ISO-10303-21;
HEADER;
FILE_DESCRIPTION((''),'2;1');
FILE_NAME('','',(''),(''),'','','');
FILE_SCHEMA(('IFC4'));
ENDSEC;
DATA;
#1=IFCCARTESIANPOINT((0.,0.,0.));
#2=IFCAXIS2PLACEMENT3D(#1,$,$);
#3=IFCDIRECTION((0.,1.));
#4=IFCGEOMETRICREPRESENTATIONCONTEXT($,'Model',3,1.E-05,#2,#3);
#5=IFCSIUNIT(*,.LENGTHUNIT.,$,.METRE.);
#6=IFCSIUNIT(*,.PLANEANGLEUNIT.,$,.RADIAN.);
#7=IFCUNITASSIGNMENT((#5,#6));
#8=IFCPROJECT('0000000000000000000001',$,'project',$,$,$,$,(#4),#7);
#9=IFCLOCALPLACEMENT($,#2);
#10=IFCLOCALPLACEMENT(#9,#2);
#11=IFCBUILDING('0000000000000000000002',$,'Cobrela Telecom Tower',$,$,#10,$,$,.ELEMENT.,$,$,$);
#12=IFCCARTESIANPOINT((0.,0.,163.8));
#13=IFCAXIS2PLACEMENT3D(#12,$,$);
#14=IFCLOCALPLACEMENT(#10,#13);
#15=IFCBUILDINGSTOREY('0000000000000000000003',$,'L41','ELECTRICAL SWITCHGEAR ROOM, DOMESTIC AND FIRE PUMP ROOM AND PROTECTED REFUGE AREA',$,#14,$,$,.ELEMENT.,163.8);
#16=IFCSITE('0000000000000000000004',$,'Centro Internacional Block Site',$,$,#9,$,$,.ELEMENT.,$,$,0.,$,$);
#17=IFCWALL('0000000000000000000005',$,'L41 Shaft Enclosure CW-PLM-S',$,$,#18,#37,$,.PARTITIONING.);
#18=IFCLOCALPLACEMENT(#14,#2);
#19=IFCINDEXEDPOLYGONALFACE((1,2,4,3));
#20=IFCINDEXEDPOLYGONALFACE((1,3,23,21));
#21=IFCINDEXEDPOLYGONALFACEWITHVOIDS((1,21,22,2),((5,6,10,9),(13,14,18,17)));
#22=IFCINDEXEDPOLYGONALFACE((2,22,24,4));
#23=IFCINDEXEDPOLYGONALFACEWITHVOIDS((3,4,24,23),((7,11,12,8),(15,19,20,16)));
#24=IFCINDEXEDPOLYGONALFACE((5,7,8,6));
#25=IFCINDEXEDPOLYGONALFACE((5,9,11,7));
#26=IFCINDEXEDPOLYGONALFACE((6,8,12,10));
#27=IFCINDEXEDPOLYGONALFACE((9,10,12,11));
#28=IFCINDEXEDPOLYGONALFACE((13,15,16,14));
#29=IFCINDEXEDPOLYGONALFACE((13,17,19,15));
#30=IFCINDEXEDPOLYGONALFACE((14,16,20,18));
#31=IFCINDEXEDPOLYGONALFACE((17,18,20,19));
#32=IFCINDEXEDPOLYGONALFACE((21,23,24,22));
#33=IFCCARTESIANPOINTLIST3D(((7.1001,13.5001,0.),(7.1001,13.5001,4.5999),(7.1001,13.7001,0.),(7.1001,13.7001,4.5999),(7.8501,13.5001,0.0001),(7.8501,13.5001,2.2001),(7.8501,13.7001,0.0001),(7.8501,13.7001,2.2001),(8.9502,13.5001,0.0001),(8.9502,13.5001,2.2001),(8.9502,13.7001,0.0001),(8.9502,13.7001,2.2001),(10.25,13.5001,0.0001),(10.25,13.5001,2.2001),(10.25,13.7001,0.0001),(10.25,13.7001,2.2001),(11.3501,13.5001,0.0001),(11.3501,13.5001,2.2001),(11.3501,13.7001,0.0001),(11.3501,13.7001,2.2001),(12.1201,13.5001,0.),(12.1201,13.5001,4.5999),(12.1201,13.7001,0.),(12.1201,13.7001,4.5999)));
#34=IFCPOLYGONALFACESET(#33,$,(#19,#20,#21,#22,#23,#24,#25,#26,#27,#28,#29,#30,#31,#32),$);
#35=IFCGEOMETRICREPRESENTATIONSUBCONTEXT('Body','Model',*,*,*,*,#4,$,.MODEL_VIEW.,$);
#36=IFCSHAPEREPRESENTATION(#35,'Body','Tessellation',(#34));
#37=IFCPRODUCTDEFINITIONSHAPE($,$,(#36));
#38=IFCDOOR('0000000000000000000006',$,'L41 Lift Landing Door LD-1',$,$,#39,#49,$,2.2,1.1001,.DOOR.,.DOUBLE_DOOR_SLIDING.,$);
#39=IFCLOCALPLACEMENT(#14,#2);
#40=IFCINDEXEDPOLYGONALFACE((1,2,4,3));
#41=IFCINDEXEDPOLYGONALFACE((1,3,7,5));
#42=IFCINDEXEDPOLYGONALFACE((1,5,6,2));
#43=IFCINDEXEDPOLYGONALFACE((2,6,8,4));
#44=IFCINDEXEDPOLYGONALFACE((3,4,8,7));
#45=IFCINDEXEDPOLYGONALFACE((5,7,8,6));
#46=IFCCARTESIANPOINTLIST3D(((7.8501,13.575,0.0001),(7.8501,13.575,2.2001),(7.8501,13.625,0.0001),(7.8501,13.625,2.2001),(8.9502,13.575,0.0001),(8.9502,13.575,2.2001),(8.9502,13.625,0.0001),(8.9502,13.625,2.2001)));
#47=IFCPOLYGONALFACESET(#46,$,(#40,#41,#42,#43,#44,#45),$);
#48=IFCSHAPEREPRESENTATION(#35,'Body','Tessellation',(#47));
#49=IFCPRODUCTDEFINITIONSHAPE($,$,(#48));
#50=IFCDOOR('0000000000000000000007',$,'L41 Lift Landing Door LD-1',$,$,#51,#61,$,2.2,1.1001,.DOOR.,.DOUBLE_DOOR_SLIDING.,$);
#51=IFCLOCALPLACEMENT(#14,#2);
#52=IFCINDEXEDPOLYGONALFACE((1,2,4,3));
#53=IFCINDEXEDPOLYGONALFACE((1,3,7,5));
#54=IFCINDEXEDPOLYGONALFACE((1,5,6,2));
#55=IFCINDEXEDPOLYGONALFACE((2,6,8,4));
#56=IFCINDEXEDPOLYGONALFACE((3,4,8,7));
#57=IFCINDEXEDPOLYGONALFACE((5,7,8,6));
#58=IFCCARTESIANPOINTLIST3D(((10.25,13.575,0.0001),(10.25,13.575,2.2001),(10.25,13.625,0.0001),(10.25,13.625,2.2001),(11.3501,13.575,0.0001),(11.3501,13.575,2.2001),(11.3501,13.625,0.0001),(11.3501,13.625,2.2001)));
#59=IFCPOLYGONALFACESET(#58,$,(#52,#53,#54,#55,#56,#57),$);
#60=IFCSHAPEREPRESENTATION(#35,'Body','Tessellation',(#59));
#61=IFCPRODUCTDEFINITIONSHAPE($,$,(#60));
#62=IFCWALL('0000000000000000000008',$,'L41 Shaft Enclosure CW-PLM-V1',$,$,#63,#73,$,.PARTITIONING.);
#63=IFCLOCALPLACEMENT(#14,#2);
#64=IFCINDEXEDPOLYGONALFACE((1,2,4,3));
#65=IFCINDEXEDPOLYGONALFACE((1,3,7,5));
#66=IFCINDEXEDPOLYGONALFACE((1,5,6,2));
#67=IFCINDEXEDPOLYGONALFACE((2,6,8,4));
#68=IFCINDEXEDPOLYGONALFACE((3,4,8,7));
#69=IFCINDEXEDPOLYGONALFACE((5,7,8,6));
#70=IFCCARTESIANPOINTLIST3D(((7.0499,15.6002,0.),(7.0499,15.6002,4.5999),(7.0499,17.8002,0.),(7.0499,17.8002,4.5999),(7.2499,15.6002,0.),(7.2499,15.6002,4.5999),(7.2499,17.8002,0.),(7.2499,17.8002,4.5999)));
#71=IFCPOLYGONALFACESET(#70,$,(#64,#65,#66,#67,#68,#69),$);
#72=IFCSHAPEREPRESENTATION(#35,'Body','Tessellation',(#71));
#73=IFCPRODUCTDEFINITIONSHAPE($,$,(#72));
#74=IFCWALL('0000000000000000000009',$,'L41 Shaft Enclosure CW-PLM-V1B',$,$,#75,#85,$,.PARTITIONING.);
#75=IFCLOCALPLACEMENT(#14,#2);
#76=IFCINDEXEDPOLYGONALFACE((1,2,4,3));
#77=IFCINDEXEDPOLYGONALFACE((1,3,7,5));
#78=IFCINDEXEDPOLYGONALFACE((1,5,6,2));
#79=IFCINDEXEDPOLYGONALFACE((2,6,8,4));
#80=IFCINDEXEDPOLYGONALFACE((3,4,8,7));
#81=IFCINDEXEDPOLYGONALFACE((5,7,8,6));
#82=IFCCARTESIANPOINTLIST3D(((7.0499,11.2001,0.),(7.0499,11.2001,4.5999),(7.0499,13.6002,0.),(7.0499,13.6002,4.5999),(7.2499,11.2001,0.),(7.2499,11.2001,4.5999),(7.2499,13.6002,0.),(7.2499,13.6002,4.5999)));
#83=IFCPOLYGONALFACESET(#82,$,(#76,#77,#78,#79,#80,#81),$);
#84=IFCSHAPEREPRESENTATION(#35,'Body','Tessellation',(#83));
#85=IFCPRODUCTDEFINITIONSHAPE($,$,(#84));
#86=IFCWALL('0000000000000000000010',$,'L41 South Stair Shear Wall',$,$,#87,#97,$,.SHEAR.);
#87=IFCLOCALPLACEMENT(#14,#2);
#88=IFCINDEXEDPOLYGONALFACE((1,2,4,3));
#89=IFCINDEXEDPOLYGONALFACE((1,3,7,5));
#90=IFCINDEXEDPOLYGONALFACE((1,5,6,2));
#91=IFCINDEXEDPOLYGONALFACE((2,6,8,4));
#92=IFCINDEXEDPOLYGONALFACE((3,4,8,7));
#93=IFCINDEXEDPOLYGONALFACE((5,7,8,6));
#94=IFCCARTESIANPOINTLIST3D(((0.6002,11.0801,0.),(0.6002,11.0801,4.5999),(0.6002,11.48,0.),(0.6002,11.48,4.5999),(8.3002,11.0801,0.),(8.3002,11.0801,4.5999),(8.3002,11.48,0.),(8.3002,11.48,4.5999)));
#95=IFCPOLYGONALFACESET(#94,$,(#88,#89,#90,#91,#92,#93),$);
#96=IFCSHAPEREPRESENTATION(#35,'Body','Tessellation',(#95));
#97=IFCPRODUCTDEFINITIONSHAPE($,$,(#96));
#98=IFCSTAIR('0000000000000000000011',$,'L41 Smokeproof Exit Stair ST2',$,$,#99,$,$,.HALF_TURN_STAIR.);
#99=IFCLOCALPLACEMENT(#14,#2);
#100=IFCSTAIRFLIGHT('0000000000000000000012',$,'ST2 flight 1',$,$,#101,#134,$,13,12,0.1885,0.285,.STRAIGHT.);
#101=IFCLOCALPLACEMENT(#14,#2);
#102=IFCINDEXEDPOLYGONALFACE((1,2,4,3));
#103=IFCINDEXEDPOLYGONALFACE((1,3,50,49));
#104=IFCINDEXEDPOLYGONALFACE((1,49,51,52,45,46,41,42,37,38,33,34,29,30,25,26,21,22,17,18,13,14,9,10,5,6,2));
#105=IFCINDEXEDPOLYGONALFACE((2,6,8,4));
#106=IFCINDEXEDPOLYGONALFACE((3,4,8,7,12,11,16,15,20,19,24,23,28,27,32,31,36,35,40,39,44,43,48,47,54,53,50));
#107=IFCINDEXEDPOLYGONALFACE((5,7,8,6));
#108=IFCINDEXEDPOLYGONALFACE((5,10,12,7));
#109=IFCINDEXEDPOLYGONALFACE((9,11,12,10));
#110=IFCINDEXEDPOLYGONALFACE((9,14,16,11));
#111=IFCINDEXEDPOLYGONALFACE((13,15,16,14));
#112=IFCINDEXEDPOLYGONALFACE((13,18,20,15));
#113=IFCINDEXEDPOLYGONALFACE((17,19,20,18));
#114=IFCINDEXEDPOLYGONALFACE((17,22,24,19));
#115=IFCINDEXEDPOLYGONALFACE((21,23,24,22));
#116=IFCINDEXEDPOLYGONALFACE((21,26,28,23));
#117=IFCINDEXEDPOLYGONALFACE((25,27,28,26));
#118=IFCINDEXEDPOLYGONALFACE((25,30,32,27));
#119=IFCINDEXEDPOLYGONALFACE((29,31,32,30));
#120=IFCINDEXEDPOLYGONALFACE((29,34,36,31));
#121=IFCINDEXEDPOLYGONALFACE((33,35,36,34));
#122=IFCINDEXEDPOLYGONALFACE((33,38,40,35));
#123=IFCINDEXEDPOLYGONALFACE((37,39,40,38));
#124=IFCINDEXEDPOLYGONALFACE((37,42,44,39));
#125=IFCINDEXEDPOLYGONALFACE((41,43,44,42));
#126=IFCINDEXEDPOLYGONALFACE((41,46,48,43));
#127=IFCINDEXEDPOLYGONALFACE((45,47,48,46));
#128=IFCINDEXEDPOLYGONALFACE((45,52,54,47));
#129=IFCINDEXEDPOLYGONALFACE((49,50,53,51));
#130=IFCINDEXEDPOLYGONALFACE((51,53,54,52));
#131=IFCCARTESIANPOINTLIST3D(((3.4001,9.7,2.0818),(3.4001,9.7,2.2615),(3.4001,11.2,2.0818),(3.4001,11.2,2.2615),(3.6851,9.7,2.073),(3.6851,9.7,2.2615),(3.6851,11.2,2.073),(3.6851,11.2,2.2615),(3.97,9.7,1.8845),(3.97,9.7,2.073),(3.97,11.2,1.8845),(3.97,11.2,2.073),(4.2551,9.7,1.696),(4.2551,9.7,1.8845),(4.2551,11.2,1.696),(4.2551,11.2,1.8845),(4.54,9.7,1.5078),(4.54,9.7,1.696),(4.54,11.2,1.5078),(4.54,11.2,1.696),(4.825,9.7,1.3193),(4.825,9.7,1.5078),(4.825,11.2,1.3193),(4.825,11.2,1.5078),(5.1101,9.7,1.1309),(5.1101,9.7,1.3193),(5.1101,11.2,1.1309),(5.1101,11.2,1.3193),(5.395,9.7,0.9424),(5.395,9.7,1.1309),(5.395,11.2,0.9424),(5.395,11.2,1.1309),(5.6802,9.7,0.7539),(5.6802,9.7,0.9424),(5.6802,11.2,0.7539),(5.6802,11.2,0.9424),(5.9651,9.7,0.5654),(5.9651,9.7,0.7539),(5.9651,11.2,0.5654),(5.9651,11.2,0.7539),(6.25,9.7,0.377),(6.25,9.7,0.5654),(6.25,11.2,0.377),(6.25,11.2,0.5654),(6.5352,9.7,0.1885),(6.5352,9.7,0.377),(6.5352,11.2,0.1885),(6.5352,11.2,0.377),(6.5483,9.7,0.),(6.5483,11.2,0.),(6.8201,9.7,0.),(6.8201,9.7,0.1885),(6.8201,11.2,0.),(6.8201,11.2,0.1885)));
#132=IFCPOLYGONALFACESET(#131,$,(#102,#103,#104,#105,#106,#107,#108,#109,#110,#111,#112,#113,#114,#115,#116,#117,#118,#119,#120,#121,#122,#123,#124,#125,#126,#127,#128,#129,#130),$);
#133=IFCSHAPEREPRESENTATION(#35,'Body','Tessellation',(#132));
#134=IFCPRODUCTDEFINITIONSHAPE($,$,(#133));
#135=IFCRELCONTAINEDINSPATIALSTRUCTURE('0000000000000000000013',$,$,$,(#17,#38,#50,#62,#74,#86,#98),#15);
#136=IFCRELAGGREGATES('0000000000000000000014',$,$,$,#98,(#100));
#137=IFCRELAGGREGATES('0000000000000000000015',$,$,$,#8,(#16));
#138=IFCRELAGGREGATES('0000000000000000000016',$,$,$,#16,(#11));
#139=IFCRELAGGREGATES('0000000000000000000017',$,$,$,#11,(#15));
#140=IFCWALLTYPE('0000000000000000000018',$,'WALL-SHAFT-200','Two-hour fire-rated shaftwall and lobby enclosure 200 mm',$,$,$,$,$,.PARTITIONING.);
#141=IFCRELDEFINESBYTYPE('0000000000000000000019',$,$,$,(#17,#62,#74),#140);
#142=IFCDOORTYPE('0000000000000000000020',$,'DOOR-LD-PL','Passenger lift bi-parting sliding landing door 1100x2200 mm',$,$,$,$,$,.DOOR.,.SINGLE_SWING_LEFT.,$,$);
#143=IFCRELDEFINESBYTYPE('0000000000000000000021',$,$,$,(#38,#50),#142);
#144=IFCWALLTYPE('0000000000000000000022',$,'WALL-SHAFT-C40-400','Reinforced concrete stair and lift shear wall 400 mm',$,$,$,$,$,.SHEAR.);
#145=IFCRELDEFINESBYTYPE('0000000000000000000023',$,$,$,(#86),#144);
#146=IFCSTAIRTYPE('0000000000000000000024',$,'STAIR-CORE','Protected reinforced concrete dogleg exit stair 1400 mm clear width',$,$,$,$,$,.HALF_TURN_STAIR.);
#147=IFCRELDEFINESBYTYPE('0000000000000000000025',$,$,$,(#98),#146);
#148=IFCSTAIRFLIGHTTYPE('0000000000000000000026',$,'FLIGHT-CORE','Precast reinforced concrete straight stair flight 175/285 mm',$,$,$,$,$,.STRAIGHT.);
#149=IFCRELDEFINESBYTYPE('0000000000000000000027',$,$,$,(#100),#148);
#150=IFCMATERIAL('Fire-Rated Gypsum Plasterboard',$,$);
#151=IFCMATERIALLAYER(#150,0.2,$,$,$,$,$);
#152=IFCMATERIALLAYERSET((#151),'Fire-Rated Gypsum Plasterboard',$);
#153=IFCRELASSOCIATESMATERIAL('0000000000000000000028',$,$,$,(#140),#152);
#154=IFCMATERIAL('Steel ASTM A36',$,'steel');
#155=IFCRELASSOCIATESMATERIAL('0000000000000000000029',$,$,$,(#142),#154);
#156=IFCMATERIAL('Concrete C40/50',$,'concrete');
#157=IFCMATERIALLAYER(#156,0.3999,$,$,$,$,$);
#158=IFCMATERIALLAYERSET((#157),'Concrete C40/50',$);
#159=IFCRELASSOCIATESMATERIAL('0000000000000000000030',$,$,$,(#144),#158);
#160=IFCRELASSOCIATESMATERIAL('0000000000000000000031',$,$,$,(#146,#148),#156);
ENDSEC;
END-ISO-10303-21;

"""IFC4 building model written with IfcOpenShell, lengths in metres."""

from ifc_helpers import new_model, si_unit, direction, frame, frame_2d, origin, place, context, subcontext, project, spatial, polyline, rectangle, outline, extrude, material, layer, layer_set, type_object, element, fill, aggregate, save


model = new_model("IFC4")

# Units and contexts
model_context = context("Model", 3, precision=1e-05, world=origin(), true_north=direction((0.0, 1.0)))
body_context = subcontext(model_context, "Body", "Model", "MODEL_VIEW")
ifc_project = project(units=[si_unit("LENGTHUNIT", "METRE"), si_unit("PLANEANGLEUNIT", "RADIAN")], contexts=[model_context])

# Site, building, storey
site_placement = place(None, origin())
site = spatial("IfcSite", under=ifc_project, at=site_placement, Name="Centro Internacional Block Site", CompositionType="ELEMENT", RefElevation=0.0)
building_placement = place(site_placement, origin())
building = spatial("IfcBuilding", under=site, at=building_placement, Name="Cobrela Telecom Tower", CompositionType="ELEMENT")
storey_placement = place(building_placement, frame((0.0, 0.0, 163.8)))
storey = spatial("IfcBuildingStorey", under=building, at=storey_placement, Name="L41", Description="ELECTRICAL SWITCHGEAR ROOM, DOMESTIC AND FIRE PUMP ROOM AND PROTECTED REFUGE AREA", CompositionType="ELEMENT", Elevation=163.8)

# Shared definitions
ifc_material_1 = material(Name="Fire-Rated Gypsum Plasterboard")

# Shared definitions
ifc_layer_1 = layer(ifc_material_1, 0.2)
ifc_layer_set_1 = layer_set([ifc_layer_1], Name="Fire-Rated Gypsum Plasterboard")
wall_type_1 = type_object("IfcWallType", Name="WALL-SHAFT-200", Description="Two-hour fire-rated shaftwall and lobby enclosure 200 mm", PredefinedType="PARTITIONING", material=ifc_layer_set_1)

# Wall, openings, doors
ifc_material_2 = material(Name="Steel ASTM A36", Category="steel")
door_type_1 = type_object("IfcDoorType", Name="DOOR-LD-PL", Description="Passenger lift bi-parting sliding landing door 1100x2200 mm", OperationType="SINGLE_SWING_LEFT", PredefinedType="DOOR", material=ifc_material_2)
wall_1_placement = place(storey_placement, frame((7.1001, 13.6001, 0.0), z_axis=(0.0, 0.0, 1.0), x_axis=(1.0, 0.0, 0.0)))
wall_1 = element("IfcWall", 1, at=wall_1_placement, inside=storey, type_object=wall_type_1, Name="L41 Shaft Enclosure CW-PLM-S", PredefinedType="PARTITIONING", context=body_context, shape_type="SweptSolid", body=[
    extrude(rectangle(XDim=5.02, YDim=0.2, at=frame_2d((2.51, 0.0))), origin(), (0.0, 0.0, 1.0), 4.5999),
])
opening_1_placement = place(wall_1_placement, frame((0.75, 0.0, 0.0)))
opening_1 = element("IfcOpeningElement", 2, at=opening_1_placement, cuts=wall_1, PredefinedType="OPENING", context=body_context, shape_type="SweptSolid", body=[
    extrude(rectangle(XDim=1.1001, YDim=2.2, at=frame_2d((0.55, 1.1001))), frame((0.0, 0.1118, 0.0), z_axis=(0.0, -1.0, 0.0), x_axis=(1.0, 0.0, 0.0)), (0.0, 0.0, 1.0), 0.2239),
])
opening_2_placement = place(wall_1_placement, frame((3.1499, 0.0, 0.0)))
opening_2 = element("IfcOpeningElement", 3, at=opening_2_placement, cuts=wall_1, PredefinedType="OPENING", context=body_context, shape_type="SweptSolid", body=[
    extrude(rectangle(XDim=1.1001, YDim=2.2, at=frame_2d((0.55, 1.1001))), frame((0.0, 0.1118, 0.0), z_axis=(0.0, -1.0, 0.0), x_axis=(1.0, 0.0, 0.0)), (0.0, 0.0, 1.0), 0.2239),
])
door_1_placement = place(opening_1_placement, origin())
door_1 = element("IfcDoor", 4, at=door_1_placement, inside=storey, type_object=door_type_1, Name="L41 Lift Landing Door LD-1", OperationType="DOUBLE_DOOR_SLIDING", OverallHeight=2.2, OverallWidth=1.1001, PredefinedType="DOOR", context=body_context, shape_type="SweptSolid", body=[
    extrude(rectangle(XDim=1.1001, YDim=2.2, at=frame_2d((0.55, 1.1001))), frame((0.0, 0.0249, 0.0), z_axis=(0.0, -1.0, 0.0), x_axis=(1.0, 0.0, 0.0)), (0.0, 0.0, 1.0), 0.05),
])
fill(opening_1, door_1)
door_2_placement = place(opening_2_placement, origin())
door_2 = element("IfcDoor", 5, at=door_2_placement, inside=storey, type_object=door_type_1, Name="L41 Lift Landing Door LD-1", OperationType="DOUBLE_DOOR_SLIDING", OverallHeight=2.2, OverallWidth=1.1001, PredefinedType="DOOR", context=body_context, shape_type="SweptSolid", body=[
    extrude(rectangle(XDim=1.1001, YDim=2.2, at=frame_2d((0.55, 1.1001))), frame((0.0, 0.0249, 0.0), z_axis=(0.0, -1.0, 0.0), x_axis=(1.0, 0.0, 0.0)), (0.0, 0.0, 1.0), 0.05),
])
fill(opening_2, door_2)

# Walls
wall_2_placement = place(storey_placement, frame((7.1499, 15.6001, 0.0), z_axis=(0.0, 0.0, 1.0), x_axis=(0.0, 1.0, 0.0)))
element("IfcWall", 6, at=wall_2_placement, inside=storey, type_object=wall_type_1, Name="L41 Shaft Enclosure CW-PLM-V1", PredefinedType="PARTITIONING", context=body_context, shape_type="SweptSolid", body=[
    extrude(rectangle(XDim=2.2, YDim=0.2, at=frame_2d((1.1001, 0.0))), origin(), (0.0, 0.0, 1.0), 4.5999),
])
wall_3_placement = place(storey_placement, frame((7.1499, 11.2, 0.0), z_axis=(0.0, 0.0, 1.0), x_axis=(0.0, 1.0, 0.0)))
element("IfcWall", 7, at=wall_3_placement, inside=storey, type_object=wall_type_1, Name="L41 Shaft Enclosure CW-PLM-V1B", PredefinedType="PARTITIONING", context=body_context, shape_type="SweptSolid", body=[
    extrude(rectangle(XDim=2.4001, YDim=0.2, at=frame_2d((1.2002, 0.0))), origin(), (0.0, 0.0, 1.0), 4.5999),
])
ifc_material_3 = material(Name="Concrete C40/50", Category="concrete")
ifc_layer_2 = layer(ifc_material_3, 0.3999)
ifc_layer_set_2 = layer_set([ifc_layer_2], Name="Concrete C40/50")
wall_type_2 = type_object("IfcWallType", Name="WALL-SHAFT-C40-400", Description="Reinforced concrete stair and lift shear wall 400 mm", PredefinedType="SHEAR", material=ifc_layer_set_2)
wall_4_placement = place(storey_placement, frame((0.6001, 11.28, 0.0), z_axis=(0.0, 0.0, 1.0), x_axis=(1.0, 0.0, 0.0)))
element("IfcWall", 8, at=wall_4_placement, inside=storey, type_object=wall_type_2, Name="L41 South Stair Shear Wall", PredefinedType="SHEAR", context=body_context, shape_type="SweptSolid", body=[
    extrude(rectangle(XDim=7.7, YDim=0.3999, at=frame_2d((3.8501, 0.0))), origin(), (0.0, 0.0, 1.0), 4.5999),
])

# Stair, stair flight
stair_type = type_object("IfcStairType", Name="STAIR-CORE", Description="Protected reinforced concrete dogleg exit stair 1400 mm clear width", PredefinedType="HALF_TURN_STAIR", material=ifc_material_3)
stair_placement = place(storey_placement, origin())
stair = element("IfcStair", 9, at=stair_placement, inside=storey, type_object=stair_type, Name="L41 Smokeproof Exit Stair ST2", PredefinedType="HALF_TURN_STAIR")
stair_flight_type = type_object("IfcStairFlightType", Name="FLIGHT-CORE", Description="Precast reinforced concrete straight stair flight 175/285 mm", PredefinedType="STRAIGHT", material=ifc_material_3)
stair_flight_placement = place(storey_placement, frame((6.8201, 10.45, 0.0), z_axis=(0.0, 0.0, 1.0), x_axis=(-1.0, 0.0, 0.0)))
stair_flight = element("IfcStairFlight", 10, at=stair_flight_placement, type_object=stair_flight_type, Name="ST2 flight 1", NumberOfRisers=13, NumberOfTreads=12, PredefinedType="STRAIGHT", RiserHeight=0.1885, TreadLength=0.285, context=body_context, shape_type="SweptSolid", body=[
    extrude(outline(polyline([(0.0, 0.0), (0.0, 0.1885), (0.2849, 0.1885), (0.2849, 0.377), (0.5701, 0.377), (0.5701, 0.5654), (0.855, 0.5654), (0.855, 0.7539), (1.1399, 0.7539), (1.1399, 0.9424), (1.425, 0.9424), (1.425, 1.1309), (1.71, 1.1309), (1.71, 1.3193), (1.9951, 1.3193), (1.9951, 1.5078), (2.28, 1.5078), (2.28, 1.696), (2.5649, 1.696), (2.5649, 1.8845), (2.8501, 1.8845), (2.8501, 2.073), (3.135, 2.073), (3.135, 2.2615), (3.4199, 2.2615), (3.4199, 2.45), (3.4199, 2.0818), (0.2717, 0.0), (0.0, 0.0)])), frame((0.0, 0.75, 0.0), z_axis=(0.0, -1.0, 0.0), x_axis=(1.0, 0.0, 0.0)), (0.0, 0.0, 1.0), 1.5),
])
aggregate(stair, [stair_flight])

save(model, "model.ifc")
